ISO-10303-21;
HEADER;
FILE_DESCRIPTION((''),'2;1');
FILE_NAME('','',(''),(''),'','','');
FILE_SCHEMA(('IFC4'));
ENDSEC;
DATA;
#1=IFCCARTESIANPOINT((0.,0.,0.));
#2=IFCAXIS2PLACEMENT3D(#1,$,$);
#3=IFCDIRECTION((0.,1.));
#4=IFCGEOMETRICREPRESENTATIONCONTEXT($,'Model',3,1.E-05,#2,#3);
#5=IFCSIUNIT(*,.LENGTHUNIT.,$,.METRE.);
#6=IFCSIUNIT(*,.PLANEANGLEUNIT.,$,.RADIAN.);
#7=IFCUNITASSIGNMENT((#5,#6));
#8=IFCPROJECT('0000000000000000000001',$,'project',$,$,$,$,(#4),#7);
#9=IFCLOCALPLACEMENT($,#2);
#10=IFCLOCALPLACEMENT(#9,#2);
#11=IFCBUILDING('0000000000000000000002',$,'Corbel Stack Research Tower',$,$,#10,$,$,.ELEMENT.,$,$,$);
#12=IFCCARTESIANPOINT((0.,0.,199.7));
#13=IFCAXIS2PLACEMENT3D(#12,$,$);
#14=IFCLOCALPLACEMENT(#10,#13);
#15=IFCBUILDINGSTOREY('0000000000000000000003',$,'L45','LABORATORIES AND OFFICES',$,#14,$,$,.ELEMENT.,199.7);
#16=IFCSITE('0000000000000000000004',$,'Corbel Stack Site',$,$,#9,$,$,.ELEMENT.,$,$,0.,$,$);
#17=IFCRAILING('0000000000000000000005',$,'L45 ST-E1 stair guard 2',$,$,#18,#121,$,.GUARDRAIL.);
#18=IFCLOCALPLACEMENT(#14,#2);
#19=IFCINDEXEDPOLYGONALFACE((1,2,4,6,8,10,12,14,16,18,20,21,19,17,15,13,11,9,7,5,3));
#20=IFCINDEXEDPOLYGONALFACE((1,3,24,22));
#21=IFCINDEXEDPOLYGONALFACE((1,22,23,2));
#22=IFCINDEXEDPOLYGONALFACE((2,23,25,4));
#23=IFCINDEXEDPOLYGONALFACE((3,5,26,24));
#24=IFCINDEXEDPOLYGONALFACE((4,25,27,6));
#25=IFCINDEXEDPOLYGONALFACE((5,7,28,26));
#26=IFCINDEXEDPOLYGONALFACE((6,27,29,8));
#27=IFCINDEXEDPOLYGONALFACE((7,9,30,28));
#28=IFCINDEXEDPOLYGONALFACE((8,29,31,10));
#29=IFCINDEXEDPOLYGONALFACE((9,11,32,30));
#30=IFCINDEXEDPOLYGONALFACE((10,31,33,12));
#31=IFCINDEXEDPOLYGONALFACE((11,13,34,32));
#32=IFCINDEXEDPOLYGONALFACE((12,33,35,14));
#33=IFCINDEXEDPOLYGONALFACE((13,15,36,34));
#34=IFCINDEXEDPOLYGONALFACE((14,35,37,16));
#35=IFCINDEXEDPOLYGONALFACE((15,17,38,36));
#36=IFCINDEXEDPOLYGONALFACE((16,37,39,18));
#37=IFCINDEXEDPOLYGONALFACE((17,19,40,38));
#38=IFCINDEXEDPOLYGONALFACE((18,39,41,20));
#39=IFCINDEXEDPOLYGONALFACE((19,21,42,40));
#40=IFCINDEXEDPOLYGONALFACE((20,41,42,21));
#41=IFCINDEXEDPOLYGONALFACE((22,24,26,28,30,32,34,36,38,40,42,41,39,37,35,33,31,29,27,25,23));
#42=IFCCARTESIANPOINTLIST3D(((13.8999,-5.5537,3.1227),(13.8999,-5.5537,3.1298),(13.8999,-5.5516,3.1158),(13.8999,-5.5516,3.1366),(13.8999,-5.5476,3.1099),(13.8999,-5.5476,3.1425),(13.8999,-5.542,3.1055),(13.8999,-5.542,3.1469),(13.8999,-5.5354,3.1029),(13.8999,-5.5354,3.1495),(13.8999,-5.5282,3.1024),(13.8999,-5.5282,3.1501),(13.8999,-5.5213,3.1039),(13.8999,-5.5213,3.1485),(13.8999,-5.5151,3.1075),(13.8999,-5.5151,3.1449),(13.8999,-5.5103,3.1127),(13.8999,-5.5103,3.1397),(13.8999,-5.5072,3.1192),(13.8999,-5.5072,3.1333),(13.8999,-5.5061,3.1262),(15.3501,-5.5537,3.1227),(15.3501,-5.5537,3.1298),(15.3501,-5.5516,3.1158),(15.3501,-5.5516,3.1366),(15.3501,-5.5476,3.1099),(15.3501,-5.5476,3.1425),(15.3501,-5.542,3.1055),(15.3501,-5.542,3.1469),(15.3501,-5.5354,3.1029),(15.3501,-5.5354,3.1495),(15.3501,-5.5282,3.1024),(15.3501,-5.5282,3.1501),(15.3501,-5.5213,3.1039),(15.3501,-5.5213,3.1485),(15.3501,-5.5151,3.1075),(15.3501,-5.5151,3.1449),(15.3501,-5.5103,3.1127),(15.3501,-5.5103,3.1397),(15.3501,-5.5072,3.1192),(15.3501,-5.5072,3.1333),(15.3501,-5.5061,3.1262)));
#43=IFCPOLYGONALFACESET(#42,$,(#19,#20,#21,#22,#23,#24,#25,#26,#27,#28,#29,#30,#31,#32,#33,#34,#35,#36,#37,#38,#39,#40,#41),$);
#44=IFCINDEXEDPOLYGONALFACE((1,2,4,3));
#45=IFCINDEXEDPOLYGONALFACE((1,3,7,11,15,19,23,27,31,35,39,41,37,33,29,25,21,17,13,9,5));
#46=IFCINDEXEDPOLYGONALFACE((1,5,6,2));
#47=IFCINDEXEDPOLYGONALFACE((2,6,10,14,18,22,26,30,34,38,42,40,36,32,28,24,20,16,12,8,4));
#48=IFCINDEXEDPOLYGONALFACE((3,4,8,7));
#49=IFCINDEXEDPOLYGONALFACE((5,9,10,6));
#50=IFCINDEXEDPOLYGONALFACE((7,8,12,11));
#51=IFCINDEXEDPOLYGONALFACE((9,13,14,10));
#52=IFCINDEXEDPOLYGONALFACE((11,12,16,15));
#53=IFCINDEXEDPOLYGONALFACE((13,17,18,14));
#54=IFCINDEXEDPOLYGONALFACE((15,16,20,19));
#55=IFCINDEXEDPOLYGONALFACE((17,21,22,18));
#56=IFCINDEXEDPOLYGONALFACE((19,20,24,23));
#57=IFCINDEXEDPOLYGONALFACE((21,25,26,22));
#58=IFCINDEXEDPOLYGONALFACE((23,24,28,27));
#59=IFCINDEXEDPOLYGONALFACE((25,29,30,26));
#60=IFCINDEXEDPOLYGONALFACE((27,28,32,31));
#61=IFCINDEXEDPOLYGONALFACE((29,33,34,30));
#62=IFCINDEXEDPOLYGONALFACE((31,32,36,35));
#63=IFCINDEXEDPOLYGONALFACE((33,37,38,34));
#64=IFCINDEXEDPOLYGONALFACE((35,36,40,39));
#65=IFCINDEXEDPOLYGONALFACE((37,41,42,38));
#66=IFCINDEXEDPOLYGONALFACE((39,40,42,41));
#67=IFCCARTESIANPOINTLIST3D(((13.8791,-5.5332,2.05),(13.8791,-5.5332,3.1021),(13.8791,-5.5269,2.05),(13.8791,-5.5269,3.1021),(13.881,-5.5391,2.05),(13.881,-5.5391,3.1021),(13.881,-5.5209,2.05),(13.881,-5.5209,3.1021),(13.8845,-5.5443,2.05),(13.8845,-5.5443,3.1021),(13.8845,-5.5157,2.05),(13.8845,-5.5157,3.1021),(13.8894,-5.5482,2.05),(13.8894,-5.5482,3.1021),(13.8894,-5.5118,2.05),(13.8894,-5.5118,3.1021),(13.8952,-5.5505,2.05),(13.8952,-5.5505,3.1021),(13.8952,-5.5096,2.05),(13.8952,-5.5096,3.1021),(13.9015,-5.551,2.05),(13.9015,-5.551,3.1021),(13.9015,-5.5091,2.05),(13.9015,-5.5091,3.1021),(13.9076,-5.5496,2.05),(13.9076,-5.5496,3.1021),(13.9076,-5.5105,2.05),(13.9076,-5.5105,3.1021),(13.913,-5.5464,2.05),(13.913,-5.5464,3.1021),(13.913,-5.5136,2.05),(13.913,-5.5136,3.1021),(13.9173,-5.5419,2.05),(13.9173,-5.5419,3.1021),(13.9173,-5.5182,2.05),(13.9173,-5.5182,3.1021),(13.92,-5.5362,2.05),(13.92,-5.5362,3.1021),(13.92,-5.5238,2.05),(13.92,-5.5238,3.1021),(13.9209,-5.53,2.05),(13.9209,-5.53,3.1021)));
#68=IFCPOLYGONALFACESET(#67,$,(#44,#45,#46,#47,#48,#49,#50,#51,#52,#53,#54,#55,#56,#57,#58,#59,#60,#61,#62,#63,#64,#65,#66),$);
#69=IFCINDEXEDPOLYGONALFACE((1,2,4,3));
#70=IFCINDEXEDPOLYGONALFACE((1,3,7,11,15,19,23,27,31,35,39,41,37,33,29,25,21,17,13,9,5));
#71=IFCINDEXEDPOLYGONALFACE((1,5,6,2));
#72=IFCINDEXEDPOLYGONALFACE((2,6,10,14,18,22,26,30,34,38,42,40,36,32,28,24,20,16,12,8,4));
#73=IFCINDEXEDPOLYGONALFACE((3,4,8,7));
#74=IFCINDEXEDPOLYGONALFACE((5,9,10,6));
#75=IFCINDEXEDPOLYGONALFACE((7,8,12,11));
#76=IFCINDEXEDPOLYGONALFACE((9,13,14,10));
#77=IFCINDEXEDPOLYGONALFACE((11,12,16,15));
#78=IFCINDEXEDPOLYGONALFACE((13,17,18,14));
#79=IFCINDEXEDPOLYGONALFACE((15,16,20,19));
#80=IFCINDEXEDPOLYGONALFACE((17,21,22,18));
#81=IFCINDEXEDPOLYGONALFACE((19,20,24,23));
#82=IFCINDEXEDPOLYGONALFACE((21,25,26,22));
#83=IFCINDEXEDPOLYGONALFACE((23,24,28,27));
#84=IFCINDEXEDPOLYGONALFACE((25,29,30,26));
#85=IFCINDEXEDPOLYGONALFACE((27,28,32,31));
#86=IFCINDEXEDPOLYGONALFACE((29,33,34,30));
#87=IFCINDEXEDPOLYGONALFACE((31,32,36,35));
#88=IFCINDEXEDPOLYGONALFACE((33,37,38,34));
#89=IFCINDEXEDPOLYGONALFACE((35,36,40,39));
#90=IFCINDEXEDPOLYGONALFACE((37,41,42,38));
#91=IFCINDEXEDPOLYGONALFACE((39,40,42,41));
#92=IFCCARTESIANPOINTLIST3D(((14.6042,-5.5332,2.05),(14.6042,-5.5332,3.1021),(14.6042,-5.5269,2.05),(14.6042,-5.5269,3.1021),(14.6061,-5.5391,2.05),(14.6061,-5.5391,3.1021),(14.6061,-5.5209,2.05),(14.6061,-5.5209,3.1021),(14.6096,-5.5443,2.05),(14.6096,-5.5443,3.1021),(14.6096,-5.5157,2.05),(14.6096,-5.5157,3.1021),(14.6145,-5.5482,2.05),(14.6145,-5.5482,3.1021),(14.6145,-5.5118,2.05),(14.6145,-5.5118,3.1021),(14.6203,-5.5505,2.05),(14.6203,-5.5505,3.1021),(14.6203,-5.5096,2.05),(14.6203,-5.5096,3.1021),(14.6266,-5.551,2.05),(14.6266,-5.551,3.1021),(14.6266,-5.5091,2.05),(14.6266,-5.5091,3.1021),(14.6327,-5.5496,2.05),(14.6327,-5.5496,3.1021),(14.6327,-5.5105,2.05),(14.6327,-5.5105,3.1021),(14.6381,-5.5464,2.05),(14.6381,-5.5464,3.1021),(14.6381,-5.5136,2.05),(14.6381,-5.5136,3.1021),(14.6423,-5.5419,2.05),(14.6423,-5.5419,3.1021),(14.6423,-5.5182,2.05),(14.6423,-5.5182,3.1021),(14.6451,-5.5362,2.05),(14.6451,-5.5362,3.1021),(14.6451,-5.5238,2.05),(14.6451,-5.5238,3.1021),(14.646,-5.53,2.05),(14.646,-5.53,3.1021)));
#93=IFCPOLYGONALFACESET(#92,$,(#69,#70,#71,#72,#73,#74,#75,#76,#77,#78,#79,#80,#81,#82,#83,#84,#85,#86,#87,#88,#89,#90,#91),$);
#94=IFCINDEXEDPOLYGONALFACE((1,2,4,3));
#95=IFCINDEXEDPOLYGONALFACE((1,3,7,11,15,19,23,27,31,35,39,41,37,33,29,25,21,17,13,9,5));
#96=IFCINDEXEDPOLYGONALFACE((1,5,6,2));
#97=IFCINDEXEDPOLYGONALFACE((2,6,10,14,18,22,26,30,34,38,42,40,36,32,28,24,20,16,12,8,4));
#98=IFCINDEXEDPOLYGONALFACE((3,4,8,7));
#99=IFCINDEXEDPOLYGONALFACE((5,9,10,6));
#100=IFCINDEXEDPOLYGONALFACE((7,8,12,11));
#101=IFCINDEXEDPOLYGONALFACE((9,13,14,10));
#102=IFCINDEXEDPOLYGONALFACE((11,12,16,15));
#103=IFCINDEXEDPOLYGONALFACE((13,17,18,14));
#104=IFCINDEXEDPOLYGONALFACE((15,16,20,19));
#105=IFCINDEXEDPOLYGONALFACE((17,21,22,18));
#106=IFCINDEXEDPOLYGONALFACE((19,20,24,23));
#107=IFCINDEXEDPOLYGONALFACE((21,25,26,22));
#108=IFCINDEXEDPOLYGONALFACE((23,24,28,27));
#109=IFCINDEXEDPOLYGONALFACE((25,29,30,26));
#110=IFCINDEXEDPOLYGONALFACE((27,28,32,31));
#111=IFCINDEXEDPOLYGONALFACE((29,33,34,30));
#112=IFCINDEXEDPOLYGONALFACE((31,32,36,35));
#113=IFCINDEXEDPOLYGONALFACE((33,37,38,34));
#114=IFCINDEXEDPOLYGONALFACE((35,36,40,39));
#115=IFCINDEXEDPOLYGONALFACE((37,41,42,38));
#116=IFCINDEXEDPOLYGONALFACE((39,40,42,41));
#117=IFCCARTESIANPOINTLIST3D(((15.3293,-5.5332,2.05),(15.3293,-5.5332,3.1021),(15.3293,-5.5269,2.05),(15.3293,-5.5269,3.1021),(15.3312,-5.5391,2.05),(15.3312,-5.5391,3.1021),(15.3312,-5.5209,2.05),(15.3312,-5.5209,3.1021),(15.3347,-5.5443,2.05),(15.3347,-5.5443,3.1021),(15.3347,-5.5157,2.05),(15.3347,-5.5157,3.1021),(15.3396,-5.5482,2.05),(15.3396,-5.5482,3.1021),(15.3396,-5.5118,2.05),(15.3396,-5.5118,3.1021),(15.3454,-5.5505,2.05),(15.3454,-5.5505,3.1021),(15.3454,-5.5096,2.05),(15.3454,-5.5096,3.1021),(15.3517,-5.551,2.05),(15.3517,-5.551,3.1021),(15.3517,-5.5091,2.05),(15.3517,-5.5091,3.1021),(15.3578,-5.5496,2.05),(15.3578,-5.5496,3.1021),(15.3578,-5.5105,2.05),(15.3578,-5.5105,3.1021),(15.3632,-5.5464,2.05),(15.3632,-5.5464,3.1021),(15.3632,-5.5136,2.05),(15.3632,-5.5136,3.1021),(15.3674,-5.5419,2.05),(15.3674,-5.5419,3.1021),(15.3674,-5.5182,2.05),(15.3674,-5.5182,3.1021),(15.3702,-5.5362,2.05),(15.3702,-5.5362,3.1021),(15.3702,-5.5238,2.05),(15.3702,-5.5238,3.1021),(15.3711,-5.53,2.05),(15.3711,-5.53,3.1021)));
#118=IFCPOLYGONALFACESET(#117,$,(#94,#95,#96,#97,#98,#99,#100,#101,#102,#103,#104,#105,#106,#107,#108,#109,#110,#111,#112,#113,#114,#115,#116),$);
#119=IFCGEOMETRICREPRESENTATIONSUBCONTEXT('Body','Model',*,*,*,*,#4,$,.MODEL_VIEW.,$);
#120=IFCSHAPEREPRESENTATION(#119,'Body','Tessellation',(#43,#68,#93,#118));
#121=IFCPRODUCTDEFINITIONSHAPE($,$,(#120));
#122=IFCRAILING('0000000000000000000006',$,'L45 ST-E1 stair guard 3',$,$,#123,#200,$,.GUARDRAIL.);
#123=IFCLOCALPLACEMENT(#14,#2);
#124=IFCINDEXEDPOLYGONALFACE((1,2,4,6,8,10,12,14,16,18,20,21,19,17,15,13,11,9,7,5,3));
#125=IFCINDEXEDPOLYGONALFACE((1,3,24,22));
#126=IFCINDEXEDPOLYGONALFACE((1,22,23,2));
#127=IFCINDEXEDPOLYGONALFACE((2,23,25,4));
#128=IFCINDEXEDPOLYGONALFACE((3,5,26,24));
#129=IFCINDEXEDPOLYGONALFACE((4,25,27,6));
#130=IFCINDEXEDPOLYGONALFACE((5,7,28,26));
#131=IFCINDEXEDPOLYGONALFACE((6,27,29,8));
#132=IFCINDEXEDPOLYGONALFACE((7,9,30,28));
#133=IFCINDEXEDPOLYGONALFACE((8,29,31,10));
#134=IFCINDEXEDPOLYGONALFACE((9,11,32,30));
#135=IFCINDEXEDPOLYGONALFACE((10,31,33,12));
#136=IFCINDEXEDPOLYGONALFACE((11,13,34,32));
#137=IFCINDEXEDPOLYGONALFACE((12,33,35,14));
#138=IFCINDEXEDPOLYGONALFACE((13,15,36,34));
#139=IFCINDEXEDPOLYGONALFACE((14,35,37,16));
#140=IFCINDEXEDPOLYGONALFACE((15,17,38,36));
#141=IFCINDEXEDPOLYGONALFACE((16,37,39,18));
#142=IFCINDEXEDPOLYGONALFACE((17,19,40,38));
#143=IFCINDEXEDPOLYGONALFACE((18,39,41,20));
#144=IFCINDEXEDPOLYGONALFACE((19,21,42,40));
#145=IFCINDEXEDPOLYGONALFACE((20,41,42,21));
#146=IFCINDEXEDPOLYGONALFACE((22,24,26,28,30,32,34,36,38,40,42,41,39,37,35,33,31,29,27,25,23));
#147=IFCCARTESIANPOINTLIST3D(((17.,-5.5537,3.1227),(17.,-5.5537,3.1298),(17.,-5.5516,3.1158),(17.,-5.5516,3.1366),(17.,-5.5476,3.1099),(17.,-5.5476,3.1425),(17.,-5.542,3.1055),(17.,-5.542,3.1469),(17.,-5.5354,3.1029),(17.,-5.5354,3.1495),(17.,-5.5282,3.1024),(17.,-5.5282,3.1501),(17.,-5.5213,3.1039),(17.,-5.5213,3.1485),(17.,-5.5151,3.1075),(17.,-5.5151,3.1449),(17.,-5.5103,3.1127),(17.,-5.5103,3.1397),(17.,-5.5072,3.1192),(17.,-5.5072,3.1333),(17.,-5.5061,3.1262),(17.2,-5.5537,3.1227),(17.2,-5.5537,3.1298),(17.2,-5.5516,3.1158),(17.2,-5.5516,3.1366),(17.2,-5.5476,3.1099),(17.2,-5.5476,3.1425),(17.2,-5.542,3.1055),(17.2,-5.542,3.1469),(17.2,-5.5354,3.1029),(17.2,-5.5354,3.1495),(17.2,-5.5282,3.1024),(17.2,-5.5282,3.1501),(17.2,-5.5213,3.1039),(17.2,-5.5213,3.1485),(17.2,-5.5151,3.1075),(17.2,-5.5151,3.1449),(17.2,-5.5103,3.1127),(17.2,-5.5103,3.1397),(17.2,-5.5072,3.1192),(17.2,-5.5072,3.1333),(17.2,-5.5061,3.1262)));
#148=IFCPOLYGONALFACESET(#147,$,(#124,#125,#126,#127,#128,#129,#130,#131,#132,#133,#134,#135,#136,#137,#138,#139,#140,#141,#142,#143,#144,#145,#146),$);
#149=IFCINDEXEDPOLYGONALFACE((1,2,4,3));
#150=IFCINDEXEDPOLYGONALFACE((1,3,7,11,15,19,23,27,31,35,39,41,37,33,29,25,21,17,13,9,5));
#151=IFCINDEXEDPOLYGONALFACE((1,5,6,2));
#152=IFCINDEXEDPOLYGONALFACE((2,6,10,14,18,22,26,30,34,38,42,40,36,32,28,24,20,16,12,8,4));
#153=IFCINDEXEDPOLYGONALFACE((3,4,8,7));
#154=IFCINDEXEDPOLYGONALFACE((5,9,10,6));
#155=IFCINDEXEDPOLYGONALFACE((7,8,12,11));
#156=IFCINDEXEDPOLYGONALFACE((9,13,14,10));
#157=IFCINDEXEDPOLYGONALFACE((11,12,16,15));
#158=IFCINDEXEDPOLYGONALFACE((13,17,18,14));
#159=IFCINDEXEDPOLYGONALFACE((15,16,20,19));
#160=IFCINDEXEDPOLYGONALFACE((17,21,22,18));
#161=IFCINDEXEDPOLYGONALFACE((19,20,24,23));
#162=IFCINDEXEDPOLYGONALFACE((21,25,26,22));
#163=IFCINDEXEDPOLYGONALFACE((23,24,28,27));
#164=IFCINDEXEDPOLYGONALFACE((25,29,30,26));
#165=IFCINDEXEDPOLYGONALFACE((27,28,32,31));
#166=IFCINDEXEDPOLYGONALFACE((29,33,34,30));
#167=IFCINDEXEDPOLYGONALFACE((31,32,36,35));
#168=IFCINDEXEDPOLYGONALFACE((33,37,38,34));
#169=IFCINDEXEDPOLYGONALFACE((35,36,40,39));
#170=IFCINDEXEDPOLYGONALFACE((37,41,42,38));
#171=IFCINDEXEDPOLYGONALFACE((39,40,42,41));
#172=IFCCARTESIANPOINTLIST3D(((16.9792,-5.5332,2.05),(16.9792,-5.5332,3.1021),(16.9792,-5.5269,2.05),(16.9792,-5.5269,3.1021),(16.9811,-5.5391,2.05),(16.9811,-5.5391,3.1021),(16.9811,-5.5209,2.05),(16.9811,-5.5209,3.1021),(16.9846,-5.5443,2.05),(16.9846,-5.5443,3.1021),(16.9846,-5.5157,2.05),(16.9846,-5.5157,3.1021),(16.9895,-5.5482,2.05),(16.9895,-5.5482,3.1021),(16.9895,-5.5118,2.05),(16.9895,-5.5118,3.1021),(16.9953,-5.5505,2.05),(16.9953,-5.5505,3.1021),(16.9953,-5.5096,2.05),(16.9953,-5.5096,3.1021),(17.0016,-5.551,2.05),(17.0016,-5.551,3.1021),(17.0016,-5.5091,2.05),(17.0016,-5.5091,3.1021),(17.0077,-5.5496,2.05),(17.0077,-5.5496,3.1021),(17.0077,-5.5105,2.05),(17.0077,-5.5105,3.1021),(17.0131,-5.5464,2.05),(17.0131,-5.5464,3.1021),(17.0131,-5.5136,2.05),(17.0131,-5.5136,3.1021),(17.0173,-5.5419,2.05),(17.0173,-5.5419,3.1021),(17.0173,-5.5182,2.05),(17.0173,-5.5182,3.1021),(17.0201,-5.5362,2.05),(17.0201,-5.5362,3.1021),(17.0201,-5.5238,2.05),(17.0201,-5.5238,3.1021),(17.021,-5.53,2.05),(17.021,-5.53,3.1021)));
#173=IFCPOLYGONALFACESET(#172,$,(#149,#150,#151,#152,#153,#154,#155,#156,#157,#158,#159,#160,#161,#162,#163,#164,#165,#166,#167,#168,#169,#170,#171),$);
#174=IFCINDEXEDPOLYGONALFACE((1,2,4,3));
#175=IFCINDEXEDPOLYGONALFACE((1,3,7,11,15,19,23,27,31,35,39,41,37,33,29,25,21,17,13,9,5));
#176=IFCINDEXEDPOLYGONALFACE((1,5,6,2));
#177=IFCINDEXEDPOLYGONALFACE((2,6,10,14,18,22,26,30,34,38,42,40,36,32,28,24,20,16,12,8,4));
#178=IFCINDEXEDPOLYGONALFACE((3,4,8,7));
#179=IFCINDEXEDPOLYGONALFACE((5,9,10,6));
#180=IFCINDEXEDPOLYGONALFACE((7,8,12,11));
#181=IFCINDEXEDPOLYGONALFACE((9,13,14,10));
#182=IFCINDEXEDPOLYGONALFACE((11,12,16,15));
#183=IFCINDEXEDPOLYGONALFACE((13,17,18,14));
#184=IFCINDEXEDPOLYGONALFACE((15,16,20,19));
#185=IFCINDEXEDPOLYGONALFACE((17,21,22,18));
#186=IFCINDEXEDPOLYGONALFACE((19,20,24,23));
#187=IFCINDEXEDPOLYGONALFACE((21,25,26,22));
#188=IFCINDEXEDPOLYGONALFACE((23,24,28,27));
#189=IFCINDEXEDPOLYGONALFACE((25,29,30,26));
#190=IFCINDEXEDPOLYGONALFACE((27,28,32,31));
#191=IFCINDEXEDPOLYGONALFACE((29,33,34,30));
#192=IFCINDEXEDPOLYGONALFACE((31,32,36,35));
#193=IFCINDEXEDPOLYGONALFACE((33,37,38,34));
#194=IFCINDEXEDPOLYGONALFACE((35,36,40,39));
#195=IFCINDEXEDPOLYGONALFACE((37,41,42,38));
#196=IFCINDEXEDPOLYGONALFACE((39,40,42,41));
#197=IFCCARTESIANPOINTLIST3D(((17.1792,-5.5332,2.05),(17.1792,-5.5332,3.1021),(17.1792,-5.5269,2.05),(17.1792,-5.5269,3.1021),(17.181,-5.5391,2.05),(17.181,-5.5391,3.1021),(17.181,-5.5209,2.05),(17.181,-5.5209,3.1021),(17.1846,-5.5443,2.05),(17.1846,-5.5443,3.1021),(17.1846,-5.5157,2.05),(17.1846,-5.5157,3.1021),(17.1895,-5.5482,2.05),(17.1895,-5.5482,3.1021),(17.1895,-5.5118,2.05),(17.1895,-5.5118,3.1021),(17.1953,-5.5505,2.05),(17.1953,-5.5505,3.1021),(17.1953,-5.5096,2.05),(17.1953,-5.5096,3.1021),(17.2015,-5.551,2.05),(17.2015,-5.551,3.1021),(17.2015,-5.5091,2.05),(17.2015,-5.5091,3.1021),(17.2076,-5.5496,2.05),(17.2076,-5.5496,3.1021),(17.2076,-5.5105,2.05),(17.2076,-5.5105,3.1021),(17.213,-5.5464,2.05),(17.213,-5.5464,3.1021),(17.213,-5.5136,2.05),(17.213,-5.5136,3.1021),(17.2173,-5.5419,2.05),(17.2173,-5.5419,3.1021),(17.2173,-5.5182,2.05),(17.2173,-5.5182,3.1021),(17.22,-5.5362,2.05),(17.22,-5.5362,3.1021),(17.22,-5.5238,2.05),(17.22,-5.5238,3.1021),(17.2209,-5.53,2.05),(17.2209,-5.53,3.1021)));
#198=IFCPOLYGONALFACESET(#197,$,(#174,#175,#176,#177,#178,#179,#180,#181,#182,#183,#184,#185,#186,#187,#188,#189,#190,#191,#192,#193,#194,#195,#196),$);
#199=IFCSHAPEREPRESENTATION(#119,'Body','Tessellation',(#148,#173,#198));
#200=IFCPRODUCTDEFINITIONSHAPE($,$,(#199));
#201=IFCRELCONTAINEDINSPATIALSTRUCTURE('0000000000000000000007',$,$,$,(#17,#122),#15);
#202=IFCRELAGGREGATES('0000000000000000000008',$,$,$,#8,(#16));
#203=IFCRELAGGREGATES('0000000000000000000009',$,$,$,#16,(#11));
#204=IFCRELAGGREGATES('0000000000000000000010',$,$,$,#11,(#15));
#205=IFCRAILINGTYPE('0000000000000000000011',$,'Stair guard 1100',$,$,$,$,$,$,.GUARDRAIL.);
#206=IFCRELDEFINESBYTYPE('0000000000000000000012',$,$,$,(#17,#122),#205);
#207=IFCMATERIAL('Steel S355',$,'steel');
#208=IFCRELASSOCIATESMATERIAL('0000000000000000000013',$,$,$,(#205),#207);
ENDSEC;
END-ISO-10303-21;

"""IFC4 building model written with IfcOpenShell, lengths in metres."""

from ifc_helpers import new_model, si_unit, direction, frame, origin, origin_2d, place, context, subcontext, project, spatial, circle, extrude, material, type_object, element, save


model = new_model("IFC4")

# Units and contexts
model_context = context("Model", 3, precision=1e-05, world=origin(), true_north=direction((0.0, 1.0)))
body_context = subcontext(model_context, "Body", "Model", "MODEL_VIEW")
ifc_project = project(units=[si_unit("LENGTHUNIT", "METRE"), si_unit("PLANEANGLEUNIT", "RADIAN")], contexts=[model_context])

# Site, building, storey
site_placement = place(None, origin())
site = spatial("IfcSite", under=ifc_project, at=site_placement, Name="Corbel Stack Site", CompositionType="ELEMENT", RefElevation=0.0)
building_placement = place(site_placement, origin())
building = spatial("IfcBuilding", under=site, at=building_placement, Name="Corbel Stack Research Tower", CompositionType="ELEMENT")
storey_placement = place(building_placement, frame((0.0, 0.0, 199.7)))
storey = spatial("IfcBuildingStorey", under=building, at=storey_placement, Name="L45", Description="LABORATORIES AND OFFICES", CompositionType="ELEMENT", Elevation=199.7)

# Railings
ifc_material_1 = material(Name="Steel S355", Category="steel")
railing_type_1 = type_object("IfcRailingType", Name="Stair guard 1100", PredefinedType="GUARDRAIL", material=ifc_material_1)
railing_1_placement = place(storey_placement, frame((13.8999, -5.53, 2.05)))
element("IfcRailing", 1, at=railing_1_placement, inside=storey, type_object=railing_type_1, Name="L45 ST-E1 stair guard 2", PredefinedType="GUARDRAIL", context=body_context, shape_type="SweptSolid", body=[
    extrude(circle(Radius=0.0239, at=origin_2d()), frame((0.0, 0.0, 1.0762), z_axis=(1.0, 0.0, 0.0), x_axis=(0.0, 1.0, 0.0)), (0.0, 0.0, 1.0), 1.4502),
    extrude(circle(Radius=0.021, at=origin_2d()), origin(), (0.0, 0.0, 1.0), 1.052),
    extrude(circle(Radius=0.021, at=origin_2d()), frame((0.7251, 0.0, 0.0)), (0.0, 0.0, 1.0), 1.052),
    extrude(circle(Radius=0.021, at=origin_2d()), frame((1.4502, 0.0, 0.0)), (0.0, 0.0, 1.0), 1.052),
])
railing_2_placement = place(storey_placement, frame((17.0, -5.53, 2.05)))
element("IfcRailing", 2, at=railing_2_placement, inside=storey, type_object=railing_type_1, Name="L45 ST-E1 stair guard 3", PredefinedType="GUARDRAIL", context=body_context, shape_type="SweptSolid", body=[
    extrude(circle(Radius=0.0239, at=origin_2d()), frame((0.0, 0.0, 1.0762), z_axis=(1.0, 0.0, 0.0), x_axis=(0.0, 1.0, 0.0)), (0.0, 0.0, 1.0), 0.2),
    extrude(circle(Radius=0.021, at=origin_2d()), origin(), (0.0, 0.0, 1.0), 1.052),
    extrude(circle(Radius=0.021, at=origin_2d()), frame((0.2, 0.0, 0.0)), (0.0, 0.0, 1.0), 1.052),
])

save(model, "model.ifc")
